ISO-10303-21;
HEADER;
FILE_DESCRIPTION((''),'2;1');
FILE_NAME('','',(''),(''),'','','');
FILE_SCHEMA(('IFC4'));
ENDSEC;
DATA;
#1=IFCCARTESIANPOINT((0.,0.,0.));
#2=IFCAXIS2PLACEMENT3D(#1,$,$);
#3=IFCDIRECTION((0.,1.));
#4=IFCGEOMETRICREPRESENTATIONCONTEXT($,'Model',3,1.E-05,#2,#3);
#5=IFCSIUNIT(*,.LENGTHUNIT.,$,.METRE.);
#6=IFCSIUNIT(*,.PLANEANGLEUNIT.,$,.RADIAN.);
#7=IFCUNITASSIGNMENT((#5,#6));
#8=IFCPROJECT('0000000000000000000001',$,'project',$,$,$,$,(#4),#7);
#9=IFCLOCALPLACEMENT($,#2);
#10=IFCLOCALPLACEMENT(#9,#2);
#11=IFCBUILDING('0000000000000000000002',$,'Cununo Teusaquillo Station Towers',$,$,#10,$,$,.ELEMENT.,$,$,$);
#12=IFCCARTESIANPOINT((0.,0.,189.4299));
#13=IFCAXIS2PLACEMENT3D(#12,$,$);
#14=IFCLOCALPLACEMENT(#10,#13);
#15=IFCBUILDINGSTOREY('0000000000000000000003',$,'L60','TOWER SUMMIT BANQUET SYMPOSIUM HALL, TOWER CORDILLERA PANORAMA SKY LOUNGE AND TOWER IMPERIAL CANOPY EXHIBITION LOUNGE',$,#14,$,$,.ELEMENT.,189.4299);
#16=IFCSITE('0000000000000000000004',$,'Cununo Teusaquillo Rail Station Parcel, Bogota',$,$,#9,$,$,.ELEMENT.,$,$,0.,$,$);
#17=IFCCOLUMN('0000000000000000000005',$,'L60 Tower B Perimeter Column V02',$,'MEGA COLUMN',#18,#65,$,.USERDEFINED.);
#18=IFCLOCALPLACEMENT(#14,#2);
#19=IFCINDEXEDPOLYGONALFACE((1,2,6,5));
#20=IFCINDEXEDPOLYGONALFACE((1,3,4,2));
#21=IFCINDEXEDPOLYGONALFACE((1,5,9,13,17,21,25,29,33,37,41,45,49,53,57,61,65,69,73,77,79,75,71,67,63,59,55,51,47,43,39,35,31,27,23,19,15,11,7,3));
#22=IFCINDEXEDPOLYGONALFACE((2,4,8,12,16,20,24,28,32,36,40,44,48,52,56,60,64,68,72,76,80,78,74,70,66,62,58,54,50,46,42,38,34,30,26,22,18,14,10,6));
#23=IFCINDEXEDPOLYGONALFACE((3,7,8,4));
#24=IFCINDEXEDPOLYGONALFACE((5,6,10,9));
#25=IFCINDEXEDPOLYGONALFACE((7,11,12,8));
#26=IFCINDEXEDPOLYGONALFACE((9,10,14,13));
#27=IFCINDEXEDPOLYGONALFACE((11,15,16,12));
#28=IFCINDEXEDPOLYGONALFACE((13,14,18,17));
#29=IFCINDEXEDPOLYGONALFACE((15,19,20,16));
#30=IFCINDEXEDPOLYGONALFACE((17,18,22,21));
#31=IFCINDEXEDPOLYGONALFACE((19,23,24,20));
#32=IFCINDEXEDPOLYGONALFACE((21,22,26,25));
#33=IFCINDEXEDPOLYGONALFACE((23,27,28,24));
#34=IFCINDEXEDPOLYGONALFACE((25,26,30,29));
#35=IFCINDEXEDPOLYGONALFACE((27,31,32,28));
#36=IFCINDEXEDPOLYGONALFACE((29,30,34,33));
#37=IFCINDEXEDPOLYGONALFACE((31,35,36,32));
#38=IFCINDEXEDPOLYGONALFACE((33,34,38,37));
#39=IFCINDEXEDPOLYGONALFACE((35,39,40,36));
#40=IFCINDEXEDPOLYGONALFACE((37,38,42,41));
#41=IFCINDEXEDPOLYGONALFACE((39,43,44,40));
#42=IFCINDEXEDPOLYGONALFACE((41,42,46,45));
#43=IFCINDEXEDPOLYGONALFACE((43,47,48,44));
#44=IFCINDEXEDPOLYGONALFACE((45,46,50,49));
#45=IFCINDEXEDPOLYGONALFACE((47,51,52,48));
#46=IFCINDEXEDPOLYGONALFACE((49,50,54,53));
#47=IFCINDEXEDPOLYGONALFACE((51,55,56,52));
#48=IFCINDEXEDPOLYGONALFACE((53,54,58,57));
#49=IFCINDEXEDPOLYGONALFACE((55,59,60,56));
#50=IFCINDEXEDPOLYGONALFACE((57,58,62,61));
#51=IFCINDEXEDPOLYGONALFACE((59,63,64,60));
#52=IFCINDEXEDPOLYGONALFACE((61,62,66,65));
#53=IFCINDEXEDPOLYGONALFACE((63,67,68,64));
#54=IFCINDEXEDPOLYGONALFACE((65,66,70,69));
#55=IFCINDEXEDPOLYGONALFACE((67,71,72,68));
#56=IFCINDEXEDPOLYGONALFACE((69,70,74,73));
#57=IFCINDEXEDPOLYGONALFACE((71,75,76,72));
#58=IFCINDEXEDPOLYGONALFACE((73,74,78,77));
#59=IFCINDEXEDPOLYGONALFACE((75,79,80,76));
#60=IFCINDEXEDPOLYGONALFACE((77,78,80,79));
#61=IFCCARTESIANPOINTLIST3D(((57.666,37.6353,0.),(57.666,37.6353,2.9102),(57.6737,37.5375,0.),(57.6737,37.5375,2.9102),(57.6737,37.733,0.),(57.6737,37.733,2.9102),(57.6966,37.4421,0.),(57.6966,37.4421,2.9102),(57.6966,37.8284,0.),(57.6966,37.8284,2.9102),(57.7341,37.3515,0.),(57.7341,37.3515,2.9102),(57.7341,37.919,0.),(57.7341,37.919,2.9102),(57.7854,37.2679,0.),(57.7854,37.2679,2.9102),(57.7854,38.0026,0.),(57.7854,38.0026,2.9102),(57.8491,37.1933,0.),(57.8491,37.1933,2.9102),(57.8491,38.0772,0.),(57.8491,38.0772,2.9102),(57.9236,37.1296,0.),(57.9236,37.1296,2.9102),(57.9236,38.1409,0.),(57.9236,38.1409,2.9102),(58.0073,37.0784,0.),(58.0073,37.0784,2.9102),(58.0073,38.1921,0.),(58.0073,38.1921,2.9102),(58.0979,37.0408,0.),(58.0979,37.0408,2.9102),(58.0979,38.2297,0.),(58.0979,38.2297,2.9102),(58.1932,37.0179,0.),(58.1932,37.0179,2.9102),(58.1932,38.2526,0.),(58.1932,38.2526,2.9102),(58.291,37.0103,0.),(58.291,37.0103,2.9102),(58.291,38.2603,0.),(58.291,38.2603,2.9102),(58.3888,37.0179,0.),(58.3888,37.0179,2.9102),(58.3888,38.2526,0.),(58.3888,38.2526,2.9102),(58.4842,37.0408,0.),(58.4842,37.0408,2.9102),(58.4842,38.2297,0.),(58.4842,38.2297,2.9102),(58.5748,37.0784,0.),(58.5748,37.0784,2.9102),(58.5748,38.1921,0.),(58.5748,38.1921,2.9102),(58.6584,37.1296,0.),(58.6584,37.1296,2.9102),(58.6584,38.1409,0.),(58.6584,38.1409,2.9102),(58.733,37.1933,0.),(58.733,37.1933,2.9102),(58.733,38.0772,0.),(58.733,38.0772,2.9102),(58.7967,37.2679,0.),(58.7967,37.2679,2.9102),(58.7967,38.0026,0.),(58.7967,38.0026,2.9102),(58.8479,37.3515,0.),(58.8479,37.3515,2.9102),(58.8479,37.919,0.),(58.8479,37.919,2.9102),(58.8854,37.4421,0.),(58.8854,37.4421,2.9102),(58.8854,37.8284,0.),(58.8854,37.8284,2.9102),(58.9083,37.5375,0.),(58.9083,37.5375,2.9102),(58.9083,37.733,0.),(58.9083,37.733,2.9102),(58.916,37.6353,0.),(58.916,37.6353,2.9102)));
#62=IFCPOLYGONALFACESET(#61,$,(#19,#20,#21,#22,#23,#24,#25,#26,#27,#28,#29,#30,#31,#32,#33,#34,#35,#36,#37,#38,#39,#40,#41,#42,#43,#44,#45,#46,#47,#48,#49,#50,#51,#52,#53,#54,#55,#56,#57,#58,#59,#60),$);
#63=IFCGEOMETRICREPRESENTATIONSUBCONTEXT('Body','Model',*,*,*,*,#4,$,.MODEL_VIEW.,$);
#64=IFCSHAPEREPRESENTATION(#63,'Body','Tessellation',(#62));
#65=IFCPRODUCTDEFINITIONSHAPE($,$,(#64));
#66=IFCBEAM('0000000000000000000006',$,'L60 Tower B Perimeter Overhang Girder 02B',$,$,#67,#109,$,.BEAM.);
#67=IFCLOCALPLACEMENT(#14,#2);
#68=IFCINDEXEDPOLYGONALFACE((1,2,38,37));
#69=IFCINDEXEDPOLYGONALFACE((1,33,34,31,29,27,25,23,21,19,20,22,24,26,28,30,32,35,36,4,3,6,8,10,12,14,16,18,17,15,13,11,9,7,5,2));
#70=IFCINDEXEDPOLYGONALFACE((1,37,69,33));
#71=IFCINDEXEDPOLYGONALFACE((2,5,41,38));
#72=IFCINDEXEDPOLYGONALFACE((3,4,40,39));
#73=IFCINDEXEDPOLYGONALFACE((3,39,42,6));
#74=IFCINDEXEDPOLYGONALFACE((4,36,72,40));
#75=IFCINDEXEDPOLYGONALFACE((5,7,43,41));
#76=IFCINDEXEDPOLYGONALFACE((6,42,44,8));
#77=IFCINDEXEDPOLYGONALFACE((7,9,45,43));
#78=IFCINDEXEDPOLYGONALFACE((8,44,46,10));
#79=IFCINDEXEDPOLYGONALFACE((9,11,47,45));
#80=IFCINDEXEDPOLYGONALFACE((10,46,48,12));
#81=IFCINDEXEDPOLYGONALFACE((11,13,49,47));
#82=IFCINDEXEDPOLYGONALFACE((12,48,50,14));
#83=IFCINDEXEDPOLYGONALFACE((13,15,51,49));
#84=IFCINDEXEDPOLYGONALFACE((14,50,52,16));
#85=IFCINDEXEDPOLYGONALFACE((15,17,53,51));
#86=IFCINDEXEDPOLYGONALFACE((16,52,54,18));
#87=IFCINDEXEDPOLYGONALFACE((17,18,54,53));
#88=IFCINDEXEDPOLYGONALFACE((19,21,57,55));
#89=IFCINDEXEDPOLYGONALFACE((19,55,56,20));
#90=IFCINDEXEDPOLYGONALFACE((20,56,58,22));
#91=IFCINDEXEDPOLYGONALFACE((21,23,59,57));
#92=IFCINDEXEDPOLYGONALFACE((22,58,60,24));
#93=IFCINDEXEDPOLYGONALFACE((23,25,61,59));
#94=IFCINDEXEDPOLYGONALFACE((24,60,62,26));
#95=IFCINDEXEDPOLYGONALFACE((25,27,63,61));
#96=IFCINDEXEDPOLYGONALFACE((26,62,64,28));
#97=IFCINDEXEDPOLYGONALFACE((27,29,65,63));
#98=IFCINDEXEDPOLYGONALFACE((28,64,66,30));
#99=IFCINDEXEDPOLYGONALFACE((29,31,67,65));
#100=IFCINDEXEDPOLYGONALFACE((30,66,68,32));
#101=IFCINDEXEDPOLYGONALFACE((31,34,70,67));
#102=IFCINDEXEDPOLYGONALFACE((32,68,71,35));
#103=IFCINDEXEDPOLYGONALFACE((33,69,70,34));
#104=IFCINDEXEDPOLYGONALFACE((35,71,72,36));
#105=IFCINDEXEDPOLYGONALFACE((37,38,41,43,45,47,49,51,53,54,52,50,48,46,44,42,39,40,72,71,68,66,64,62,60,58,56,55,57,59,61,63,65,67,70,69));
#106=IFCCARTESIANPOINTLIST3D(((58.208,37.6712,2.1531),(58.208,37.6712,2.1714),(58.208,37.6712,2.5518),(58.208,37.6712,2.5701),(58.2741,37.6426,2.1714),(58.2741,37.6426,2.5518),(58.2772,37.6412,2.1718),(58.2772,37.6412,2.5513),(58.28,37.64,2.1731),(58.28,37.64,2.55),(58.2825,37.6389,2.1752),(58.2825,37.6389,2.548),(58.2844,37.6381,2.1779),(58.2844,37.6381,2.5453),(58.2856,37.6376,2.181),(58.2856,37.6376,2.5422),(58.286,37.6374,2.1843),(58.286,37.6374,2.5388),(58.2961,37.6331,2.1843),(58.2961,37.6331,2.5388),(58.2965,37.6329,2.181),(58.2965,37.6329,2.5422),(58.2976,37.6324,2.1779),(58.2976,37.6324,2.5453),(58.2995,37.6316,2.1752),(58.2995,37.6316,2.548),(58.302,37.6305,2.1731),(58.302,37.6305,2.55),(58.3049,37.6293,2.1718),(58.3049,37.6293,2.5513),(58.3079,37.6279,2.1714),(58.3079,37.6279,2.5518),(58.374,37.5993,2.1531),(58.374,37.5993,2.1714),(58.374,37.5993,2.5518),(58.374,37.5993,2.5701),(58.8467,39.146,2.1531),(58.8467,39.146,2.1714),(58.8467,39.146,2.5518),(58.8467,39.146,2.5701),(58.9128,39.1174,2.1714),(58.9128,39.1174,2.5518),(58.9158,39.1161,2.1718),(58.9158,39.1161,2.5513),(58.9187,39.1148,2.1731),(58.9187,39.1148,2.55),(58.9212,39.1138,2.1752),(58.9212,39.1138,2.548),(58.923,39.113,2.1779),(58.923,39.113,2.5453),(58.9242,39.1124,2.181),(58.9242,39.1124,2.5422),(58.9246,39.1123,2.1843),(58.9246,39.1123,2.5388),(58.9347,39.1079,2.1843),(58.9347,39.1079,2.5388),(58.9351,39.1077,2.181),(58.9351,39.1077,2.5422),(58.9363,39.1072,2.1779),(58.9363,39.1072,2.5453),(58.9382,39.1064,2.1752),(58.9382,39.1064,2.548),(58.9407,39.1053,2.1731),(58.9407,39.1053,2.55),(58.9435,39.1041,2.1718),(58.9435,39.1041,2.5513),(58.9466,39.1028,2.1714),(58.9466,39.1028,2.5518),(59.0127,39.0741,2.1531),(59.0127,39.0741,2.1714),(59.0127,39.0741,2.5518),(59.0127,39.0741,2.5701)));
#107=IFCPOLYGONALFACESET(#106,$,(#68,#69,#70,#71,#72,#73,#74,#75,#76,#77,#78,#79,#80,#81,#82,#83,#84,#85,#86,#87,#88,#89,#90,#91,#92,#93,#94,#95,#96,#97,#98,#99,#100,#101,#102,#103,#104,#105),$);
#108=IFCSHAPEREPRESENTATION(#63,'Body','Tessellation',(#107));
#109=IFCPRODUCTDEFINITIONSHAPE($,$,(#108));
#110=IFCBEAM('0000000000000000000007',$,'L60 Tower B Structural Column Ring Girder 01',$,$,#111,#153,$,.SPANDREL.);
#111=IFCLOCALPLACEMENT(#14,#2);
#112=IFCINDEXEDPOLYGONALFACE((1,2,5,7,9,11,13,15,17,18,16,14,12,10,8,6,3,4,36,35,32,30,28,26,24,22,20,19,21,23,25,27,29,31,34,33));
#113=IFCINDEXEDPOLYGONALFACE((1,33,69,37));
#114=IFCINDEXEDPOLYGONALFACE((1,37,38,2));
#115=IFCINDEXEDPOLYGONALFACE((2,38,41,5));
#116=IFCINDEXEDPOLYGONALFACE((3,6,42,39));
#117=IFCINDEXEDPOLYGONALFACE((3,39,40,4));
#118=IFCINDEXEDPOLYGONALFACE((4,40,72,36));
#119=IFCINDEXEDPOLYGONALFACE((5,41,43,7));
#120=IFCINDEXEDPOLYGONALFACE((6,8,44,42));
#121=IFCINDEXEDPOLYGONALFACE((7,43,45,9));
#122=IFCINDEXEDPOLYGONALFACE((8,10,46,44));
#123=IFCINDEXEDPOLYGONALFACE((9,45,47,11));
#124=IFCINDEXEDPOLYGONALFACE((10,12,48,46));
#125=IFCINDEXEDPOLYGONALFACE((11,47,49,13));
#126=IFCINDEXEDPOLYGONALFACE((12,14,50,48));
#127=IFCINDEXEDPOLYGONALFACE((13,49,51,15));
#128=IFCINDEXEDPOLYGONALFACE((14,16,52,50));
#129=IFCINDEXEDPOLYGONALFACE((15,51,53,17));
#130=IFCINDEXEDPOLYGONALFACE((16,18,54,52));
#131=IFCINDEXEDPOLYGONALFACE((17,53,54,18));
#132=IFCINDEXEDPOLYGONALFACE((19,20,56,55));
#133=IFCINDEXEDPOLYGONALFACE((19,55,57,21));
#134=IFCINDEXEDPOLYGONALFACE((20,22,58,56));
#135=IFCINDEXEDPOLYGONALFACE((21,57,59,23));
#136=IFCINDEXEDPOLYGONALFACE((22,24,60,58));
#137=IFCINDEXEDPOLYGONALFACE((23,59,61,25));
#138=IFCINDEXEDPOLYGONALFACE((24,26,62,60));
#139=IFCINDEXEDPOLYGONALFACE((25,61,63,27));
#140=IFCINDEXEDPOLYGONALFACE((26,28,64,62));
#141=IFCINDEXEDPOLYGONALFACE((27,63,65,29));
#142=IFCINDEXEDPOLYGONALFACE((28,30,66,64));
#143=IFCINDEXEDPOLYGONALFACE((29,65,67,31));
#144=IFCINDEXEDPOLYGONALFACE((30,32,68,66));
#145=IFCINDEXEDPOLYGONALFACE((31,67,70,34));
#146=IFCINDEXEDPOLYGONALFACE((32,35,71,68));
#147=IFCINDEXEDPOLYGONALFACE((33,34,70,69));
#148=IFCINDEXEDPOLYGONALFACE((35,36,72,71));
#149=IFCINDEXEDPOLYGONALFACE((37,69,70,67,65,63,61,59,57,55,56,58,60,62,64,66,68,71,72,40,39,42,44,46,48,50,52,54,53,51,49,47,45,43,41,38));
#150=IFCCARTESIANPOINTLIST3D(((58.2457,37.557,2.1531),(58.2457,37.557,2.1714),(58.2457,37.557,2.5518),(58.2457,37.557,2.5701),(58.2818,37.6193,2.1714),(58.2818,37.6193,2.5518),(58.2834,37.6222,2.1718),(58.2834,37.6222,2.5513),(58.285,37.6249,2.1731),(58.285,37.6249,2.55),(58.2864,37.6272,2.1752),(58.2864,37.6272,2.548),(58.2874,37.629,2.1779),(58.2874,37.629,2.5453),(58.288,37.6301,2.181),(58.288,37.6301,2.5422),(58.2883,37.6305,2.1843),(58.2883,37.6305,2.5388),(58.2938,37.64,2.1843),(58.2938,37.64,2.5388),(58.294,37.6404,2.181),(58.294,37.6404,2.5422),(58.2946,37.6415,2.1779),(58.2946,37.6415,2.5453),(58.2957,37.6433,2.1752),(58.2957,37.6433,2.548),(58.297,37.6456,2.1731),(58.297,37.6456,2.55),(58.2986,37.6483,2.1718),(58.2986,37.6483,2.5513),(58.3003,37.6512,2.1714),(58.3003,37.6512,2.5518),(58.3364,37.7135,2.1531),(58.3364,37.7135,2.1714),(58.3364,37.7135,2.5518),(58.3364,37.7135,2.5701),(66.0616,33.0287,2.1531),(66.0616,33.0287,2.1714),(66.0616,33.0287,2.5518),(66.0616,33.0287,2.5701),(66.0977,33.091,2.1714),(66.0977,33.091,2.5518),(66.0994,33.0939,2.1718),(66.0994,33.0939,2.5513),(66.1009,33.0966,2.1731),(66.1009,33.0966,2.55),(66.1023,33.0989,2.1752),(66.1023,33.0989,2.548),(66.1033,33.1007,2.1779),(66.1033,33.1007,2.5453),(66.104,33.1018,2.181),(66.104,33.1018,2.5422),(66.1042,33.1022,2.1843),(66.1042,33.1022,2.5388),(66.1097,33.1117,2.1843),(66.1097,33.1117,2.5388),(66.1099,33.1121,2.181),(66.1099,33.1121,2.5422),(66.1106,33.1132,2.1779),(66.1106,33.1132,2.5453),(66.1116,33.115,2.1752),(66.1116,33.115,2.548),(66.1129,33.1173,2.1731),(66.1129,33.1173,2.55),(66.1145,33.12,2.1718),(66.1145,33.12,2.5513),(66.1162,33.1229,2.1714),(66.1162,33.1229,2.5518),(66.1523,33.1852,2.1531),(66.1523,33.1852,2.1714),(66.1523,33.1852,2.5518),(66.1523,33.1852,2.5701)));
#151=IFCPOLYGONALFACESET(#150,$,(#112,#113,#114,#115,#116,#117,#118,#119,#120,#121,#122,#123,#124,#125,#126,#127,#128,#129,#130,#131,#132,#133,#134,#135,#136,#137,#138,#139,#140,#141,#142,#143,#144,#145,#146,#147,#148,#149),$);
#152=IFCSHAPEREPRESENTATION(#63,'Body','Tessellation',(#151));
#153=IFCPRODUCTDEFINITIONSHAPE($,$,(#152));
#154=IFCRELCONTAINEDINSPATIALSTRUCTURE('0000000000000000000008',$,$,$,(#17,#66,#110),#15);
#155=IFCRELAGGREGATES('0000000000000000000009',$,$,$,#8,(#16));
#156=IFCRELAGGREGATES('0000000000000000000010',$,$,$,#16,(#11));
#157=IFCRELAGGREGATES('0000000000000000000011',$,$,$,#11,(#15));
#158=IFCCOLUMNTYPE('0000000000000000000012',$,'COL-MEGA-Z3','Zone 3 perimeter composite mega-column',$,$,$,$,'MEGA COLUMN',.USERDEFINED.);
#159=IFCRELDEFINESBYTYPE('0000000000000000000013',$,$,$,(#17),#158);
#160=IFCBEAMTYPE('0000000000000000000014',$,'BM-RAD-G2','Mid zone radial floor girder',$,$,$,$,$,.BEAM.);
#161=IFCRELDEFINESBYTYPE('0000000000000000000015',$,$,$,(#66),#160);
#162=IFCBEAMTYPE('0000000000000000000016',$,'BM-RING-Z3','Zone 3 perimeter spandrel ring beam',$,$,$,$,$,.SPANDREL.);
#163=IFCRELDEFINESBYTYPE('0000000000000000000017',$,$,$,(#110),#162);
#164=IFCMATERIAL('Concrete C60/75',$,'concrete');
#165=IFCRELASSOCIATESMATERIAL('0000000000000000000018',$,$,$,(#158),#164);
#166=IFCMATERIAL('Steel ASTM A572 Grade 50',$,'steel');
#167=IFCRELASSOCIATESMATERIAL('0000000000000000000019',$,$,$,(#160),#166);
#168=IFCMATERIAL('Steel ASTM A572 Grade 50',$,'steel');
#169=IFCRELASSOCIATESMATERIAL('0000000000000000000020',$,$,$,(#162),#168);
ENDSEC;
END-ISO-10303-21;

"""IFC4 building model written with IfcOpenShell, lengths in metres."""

from ifc_helpers import new_model, si_unit, direction, frame, origin, origin_2d, place, context, subcontext, project, spatial, circle, i_section, extrude, material, material_profile, profile_set, type_object, element, save


model = new_model("IFC4")

# Units and contexts
model_context = context("Model", 3, precision=1e-05, world=origin(), true_north=direction((0.0, 1.0)))
body_context = subcontext(model_context, "Body", "Model", "MODEL_VIEW")
ifc_project = project(units=[si_unit("LENGTHUNIT", "METRE"), si_unit("PLANEANGLEUNIT", "RADIAN")], contexts=[model_context])

# Site, building, storey
site_placement = place(None, origin())
site = spatial("IfcSite", under=ifc_project, at=site_placement, Name="Cununo Teusaquillo Rail Station Parcel, Bogota", CompositionType="ELEMENT", RefElevation=0.0)
building_placement = place(site_placement, origin())
building = spatial("IfcBuilding", under=site, at=building_placement, Name="Cununo Teusaquillo Station Towers", CompositionType="ELEMENT")
storey_placement = place(building_placement, frame((0.0, 0.0, 189.4299)))
storey = spatial("IfcBuildingStorey", under=building, at=storey_placement, Name="L60", Description="TOWER SUMMIT BANQUET SYMPOSIUM HALL, TOWER CORDILLERA PANORAMA SKY LOUNGE AND TOWER IMPERIAL CANOPY EXHIBITION LOUNGE", CompositionType="ELEMENT", Elevation=189.4299)

# Column
ifc_material_1 = material(Name="Concrete C60/75", Category="concrete")
ifc_material_profile_1 = material_profile(ifc_material_1, circle(Radius=0.625, at=origin_2d()), Name="RC-CIRC-1250")
ifc_profile_set_1 = profile_set([ifc_material_profile_1], Name="Concrete C60/75")
column_type = type_object("IfcColumnType", Name="COL-MEGA-Z3", Description="Zone 3 perimeter composite mega-column", ElementType="MEGA COLUMN", PredefinedType="USERDEFINED", material=ifc_profile_set_1)
column_placement = place(storey_placement, frame((58.291, 37.6353, 0.0), z_axis=(0.0, 0.0, 1.0), x_axis=(1.0, 0.0, 0.0)))
element("IfcColumn", 1, at=column_placement, inside=storey, type_object=column_type, Name="L60 Tower B Perimeter Column V02", ObjectType="MEGA COLUMN", PredefinedType="USERDEFINED", context=body_context, shape_type="SweptSolid", body=[
    extrude(circle(Radius=0.625, at=origin_2d()), origin(), (0.0, 0.0, 1.0), 2.9102),
])

# Beams
ifc_material_2 = material(Name="Steel ASTM A572 Grade 50", Category="steel")
ifc_material_profile_2 = material_profile(ifc_material_2, i_section(OverallWidth=0.1809, OverallDepth=0.417, WebThickness=0.011, FlangeThickness=0.0183, FilletRadius=0.0129, at=origin_2d()), Name="W16X57")
ifc_profile_set_2 = profile_set([ifc_material_profile_2], Name="Steel ASTM A572 Grade 50")
beam_type_1 = type_object("IfcBeamType", Name="BM-RAD-G2", Description="Mid zone radial floor girder", PredefinedType="BEAM", material=ifc_profile_set_2)
beam_1_placement = place(storey_placement, frame((58.291, 37.6353, 2.3616), z_axis=(0.397381, 0.917654, 0.0), x_axis=(-0.917654, 0.397381, 0.0)))
element("IfcBeam", 2, at=beam_1_placement, inside=storey, type_object=beam_type_1, Name="L60 Tower B Perimeter Overhang Girder 02B", PredefinedType="BEAM", context=body_context, shape_type="SweptSolid", body=[
    extrude(i_section(OverallWidth=0.1809, OverallDepth=0.417, WebThickness=0.011, FlangeThickness=0.0183, FilletRadius=0.0129, at=origin_2d()), origin(), (0.0, 0.0, 1.0), 1.6072),
])
ifc_material_3 = material(Name="Steel ASTM A572 Grade 50", Category="steel")
ifc_material_profile_3 = material_profile(ifc_material_3, i_section(OverallWidth=0.1809, OverallDepth=0.417, WebThickness=0.011, FlangeThickness=0.0183, FilletRadius=0.0129, at=origin_2d()), Name="W16X57")
ifc_profile_set_3 = profile_set([ifc_material_profile_3], Name="Steel ASTM A572 Grade 50")
beam_type_2 = type_object("IfcBeamType", Name="BM-RING-Z3", Description="Zone 3 perimeter spandrel ring beam", PredefinedType="SPANDREL", material=ifc_profile_set_3)
beam_2_placement = place(storey_placement, frame((66.1069, 33.1069, 2.3616), z_axis=(-0.865267, 0.501311, 0.0), x_axis=(-0.501311, -0.865267, 0.0)))
element("IfcBeam", 3, at=beam_2_placement, inside=storey, type_object=beam_type_2, Name="L60 Tower B Structural Column Ring Girder 01", PredefinedType="SPANDREL", context=body_context, shape_type="SweptSolid", body=[
    extrude(i_section(OverallWidth=0.1809, OverallDepth=0.417, WebThickness=0.011, FlangeThickness=0.0183, FilletRadius=0.0129, at=origin_2d()), origin(), (0.0, 0.0, 1.0), 9.033),
])

save(model, "model.ifc")
